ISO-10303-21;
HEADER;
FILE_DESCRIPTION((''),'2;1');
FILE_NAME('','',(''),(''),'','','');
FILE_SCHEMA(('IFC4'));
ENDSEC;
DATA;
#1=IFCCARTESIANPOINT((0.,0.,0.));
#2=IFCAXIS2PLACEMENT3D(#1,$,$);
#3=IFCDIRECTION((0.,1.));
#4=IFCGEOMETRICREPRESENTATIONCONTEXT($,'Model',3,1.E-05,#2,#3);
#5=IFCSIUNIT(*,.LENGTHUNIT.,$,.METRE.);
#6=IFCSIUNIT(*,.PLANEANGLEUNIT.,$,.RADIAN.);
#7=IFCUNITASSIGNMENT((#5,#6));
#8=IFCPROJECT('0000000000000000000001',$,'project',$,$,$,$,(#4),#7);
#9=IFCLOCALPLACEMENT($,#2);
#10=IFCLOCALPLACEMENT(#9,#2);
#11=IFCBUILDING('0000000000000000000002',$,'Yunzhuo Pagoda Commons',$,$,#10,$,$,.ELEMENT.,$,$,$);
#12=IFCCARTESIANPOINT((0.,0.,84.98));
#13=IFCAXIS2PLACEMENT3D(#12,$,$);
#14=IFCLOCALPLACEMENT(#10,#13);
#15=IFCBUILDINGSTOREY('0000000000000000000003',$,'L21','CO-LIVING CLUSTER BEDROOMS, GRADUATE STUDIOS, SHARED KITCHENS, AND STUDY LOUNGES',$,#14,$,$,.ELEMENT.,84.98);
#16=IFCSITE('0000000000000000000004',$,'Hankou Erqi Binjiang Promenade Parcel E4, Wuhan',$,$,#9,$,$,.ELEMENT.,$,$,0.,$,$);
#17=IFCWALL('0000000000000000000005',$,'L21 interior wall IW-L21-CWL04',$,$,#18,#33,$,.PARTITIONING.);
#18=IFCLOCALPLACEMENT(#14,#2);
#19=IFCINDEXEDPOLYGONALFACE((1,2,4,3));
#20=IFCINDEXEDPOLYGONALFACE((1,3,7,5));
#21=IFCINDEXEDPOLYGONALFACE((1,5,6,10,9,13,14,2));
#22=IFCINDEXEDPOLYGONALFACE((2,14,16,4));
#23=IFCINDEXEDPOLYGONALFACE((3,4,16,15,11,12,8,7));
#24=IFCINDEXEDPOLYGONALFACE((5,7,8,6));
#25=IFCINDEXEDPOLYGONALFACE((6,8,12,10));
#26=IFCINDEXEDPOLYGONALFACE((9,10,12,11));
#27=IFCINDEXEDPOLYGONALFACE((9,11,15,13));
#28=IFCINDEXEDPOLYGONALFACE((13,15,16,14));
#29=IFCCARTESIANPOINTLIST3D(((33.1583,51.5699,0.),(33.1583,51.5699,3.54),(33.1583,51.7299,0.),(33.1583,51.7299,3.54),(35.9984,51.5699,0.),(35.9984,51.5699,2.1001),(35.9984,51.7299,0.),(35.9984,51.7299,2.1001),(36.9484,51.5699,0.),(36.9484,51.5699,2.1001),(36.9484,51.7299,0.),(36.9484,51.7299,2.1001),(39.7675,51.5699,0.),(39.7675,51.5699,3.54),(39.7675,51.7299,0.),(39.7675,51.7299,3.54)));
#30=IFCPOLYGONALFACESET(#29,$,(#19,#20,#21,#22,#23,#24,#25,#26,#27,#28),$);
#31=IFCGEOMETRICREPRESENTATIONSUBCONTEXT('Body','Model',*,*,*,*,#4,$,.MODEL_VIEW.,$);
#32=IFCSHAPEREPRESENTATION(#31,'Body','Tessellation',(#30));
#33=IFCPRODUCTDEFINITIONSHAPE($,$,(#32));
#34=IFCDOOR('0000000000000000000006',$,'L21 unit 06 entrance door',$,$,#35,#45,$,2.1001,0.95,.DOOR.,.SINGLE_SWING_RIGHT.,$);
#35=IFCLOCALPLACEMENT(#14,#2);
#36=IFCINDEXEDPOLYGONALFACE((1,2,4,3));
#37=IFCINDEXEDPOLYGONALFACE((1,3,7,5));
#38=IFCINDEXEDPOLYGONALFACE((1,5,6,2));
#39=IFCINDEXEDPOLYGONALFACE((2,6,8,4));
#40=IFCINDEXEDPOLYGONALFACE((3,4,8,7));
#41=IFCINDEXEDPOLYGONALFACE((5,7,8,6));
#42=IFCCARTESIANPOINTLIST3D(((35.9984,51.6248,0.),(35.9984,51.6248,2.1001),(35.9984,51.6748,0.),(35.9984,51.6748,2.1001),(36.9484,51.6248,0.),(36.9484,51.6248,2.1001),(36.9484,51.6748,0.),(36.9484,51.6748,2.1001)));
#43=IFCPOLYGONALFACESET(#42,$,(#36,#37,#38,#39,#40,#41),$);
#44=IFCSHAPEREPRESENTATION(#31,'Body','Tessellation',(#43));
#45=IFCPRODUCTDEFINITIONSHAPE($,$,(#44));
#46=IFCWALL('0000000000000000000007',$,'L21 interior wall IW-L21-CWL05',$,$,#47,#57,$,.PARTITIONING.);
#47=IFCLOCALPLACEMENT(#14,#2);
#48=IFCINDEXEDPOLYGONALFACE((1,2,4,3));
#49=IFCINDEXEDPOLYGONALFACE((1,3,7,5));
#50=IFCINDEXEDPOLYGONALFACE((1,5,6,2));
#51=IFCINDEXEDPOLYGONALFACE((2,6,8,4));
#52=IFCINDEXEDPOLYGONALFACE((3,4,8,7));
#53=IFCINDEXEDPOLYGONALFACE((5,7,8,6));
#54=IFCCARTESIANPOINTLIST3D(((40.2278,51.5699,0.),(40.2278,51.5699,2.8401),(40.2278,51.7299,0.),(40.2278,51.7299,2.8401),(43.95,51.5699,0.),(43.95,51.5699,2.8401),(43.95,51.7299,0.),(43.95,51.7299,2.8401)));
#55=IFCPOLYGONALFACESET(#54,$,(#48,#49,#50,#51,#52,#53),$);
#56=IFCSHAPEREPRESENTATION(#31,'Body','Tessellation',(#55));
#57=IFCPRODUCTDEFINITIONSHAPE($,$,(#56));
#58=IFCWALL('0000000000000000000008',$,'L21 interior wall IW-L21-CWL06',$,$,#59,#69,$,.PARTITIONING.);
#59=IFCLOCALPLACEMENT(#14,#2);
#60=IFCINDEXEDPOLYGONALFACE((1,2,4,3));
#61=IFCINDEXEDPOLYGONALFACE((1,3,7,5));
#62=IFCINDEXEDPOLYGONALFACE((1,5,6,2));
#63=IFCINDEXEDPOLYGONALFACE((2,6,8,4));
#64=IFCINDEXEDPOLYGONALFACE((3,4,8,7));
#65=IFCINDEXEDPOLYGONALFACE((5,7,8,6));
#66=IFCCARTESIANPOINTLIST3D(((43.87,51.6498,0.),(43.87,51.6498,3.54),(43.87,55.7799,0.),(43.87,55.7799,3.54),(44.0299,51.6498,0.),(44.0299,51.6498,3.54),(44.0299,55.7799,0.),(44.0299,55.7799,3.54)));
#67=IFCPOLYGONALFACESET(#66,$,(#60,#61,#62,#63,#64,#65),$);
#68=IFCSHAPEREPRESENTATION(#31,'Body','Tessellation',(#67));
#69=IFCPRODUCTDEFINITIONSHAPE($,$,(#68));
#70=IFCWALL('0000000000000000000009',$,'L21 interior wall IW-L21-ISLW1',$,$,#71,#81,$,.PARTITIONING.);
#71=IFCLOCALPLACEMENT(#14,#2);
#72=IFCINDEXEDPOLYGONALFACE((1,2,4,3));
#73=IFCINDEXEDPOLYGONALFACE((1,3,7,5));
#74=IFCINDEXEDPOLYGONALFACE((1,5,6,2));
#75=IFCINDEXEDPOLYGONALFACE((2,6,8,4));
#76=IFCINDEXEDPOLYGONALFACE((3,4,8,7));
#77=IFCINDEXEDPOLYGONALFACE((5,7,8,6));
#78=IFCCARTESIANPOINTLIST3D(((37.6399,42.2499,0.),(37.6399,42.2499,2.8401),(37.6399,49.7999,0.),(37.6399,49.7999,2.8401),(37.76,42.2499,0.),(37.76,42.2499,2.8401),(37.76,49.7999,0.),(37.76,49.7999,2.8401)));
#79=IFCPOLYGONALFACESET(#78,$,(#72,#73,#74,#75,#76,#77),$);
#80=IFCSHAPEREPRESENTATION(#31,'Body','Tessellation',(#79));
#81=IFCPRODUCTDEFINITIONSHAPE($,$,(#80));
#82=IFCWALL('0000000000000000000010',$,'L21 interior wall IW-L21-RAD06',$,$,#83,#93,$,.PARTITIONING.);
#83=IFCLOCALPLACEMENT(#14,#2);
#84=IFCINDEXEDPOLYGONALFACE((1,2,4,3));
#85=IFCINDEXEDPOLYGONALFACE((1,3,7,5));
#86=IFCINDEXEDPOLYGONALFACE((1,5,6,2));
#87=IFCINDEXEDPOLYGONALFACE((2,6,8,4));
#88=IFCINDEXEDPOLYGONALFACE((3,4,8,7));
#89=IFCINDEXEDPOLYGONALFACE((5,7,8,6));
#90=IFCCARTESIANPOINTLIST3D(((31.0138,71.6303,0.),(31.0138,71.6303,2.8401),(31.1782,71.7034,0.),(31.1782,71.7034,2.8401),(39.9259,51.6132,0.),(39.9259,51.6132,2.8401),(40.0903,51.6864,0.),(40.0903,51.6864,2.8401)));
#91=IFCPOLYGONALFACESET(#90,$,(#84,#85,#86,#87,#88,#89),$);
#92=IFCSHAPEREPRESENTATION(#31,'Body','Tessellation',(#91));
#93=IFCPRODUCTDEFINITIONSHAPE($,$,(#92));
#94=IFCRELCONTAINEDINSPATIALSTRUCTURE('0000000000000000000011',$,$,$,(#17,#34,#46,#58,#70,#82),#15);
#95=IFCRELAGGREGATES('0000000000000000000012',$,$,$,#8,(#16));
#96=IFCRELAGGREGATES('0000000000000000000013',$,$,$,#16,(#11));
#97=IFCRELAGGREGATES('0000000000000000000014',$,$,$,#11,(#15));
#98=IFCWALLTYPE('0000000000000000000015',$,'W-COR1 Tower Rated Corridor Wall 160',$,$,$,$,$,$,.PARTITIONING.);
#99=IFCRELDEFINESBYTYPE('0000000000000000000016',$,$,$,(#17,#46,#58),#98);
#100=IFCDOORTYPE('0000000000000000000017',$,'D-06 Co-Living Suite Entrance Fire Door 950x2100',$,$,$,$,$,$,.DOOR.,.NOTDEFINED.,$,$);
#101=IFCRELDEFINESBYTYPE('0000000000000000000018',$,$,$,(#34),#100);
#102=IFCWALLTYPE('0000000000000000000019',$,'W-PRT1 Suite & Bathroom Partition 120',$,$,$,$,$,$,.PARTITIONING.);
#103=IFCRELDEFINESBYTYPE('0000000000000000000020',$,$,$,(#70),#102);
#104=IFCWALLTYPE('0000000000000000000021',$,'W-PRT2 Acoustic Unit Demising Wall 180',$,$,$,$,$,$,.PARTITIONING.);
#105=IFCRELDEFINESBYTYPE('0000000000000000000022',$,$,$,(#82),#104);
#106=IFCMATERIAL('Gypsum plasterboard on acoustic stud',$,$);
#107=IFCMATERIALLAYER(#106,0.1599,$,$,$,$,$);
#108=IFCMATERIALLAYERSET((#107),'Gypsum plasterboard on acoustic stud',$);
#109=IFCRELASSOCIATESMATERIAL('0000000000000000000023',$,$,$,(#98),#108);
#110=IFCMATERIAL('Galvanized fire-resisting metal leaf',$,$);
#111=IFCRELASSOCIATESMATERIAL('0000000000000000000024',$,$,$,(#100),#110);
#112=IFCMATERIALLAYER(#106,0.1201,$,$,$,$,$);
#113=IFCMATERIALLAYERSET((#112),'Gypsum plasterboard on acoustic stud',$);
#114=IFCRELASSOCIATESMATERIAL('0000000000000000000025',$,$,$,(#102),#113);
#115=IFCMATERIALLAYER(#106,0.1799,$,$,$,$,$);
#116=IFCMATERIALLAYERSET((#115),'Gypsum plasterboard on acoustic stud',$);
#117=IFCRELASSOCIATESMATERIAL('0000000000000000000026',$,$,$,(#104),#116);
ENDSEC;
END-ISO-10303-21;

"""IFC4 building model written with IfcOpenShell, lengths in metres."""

from ifc_helpers import new_model, si_unit, direction, frame, frame_2d, origin, origin_with_axes, place, context, subcontext, project, spatial, rectangle, extrude, source, transform, mapped, material, layer, layer_set, type_object, element, fill, save


model = new_model("IFC4")

# Units and contexts
model_context = context("Model", 3, precision=1e-05, world=origin(), true_north=direction((0.0, 1.0)))
body_context = subcontext(model_context, "Body", "Model", "MODEL_VIEW")
ifc_project = project(units=[si_unit("LENGTHUNIT", "METRE"), si_unit("PLANEANGLEUNIT", "RADIAN")], contexts=[model_context])

# Site, building, storey
site_placement = place(None, origin())
site = spatial("IfcSite", under=ifc_project, at=site_placement, Name="Hankou Erqi Binjiang Promenade Parcel E4, Wuhan", CompositionType="ELEMENT", RefElevation=0.0)
building_placement = place(site_placement, origin())
building = spatial("IfcBuilding", under=site, at=building_placement, Name="Yunzhuo Pagoda Commons", CompositionType="ELEMENT")
storey_placement = place(building_placement, frame((0.0, 0.0, 84.98)))
storey = spatial("IfcBuildingStorey", under=building, at=storey_placement, Name="L21", Description="CO-LIVING CLUSTER BEDROOMS, GRADUATE STUDIOS, SHARED KITCHENS, AND STUDY LOUNGES", CompositionType="ELEMENT", Elevation=84.98)

# Shared definitions
ifc_material_1 = material(Name="Gypsum plasterboard on acoustic stud")
ifc_layer_1 = layer(ifc_material_1, 0.1599)
ifc_layer_set_1 = layer_set([ifc_layer_1], Name="Gypsum plasterboard on acoustic stud")
wall_type_1 = type_object("IfcWallType", Name="W-COR1 Tower Rated Corridor Wall 160", PredefinedType="PARTITIONING", material=ifc_layer_set_1)

# Shared definitions
ifc_material_2 = material(Name="Galvanized fire-resisting metal leaf")

# Wall, opening, door
wall_1_placement = place(storey_placement, frame((33.1582, 51.6499, 0.0), z_axis=(0.0, 0.0, 1.0), x_axis=(1.0, 0.0, 0.0)))
wall_1 = element("IfcWall", 1, at=wall_1_placement, inside=storey, type_object=wall_type_1, Name="L21 interior wall IW-L21-CWL04", PredefinedType="PARTITIONING", context=body_context, shape_type="SweptSolid", body=[
    extrude(rectangle(XDim=6.6091, YDim=0.1599, at=frame_2d((3.3047, 0.0))), origin(), (0.0, 0.0, 1.0), 3.54),
])
opening_1_placement = place(wall_1_placement, frame((2.8401, 0.0, 0.0)))
opening_1 = element("IfcOpeningElement", 2, at=opening_1_placement, cuts=wall_1, PredefinedType="OPENING", context=body_context, shape_type="SweptSolid", body=[
    extrude(rectangle(XDim=0.95, YDim=2.1001, at=frame_2d((0.4751, 1.05))), frame((0.0, 0.0898, 0.0), z_axis=(0.0, -1.0, 0.0), x_axis=(1.0, 0.0, 0.0)), (0.0, 0.0, 1.0), 0.1799),
])
door_type_1 = type_object("IfcDoorType", Name="D-06 Co-Living Suite Entrance Fire Door 950x2100", OperationType="NOTDEFINED", PredefinedType="DOOR", material=ifc_material_2)
shared_shape_1 = source(origin(), body_context, "Body", "SweptSolid", [
    extrude(rectangle(XDim=0.95, YDim=2.1001, at=frame_2d((0.4751, 1.05))), frame((0.0, 0.0249, 0.0), z_axis=(0.0, -1.0, 0.0), x_axis=(1.0, 0.0, 0.0)), (0.0, 0.0, 1.0), 0.05),
])
door_1_placement = place(opening_1_placement, origin_with_axes())
door_1 = element("IfcDoor", 3, at=door_1_placement, inside=storey, type_object=door_type_1, Name="L21 unit 06 entrance door", OperationType="SINGLE_SWING_RIGHT", OverallHeight=2.1001, OverallWidth=0.95, PredefinedType="DOOR", context=body_context, shape_type="MappedRepresentation", body=[
    mapped(shared_shape_1, transform((0.0, 0.0, 0.0), scale=1.0)),
])
fill(opening_1, door_1)

# Walls
wall_2_placement = place(storey_placement, frame((40.2278, 51.6499, 0.0), z_axis=(0.0, 0.0, 1.0), x_axis=(1.0, 0.0, 0.0)))
element("IfcWall", 4, at=wall_2_placement, inside=storey, type_object=wall_type_1, Name="L21 interior wall IW-L21-CWL05", PredefinedType="PARTITIONING", context=body_context, shape_type="SweptSolid", body=[
    extrude(rectangle(XDim=3.7222, YDim=0.1599, at=frame_2d((1.8611, 0.0))), origin(), (0.0, 0.0, 1.0), 2.8401),
])
wall_3_placement = place(storey_placement, frame((43.95, 51.6499, 0.0), z_axis=(0.0, 0.0, 1.0), x_axis=(0.0, 1.0, 0.0)))
element("IfcWall", 5, at=wall_3_placement, inside=storey, type_object=wall_type_1, Name="L21 interior wall IW-L21-CWL06", PredefinedType="PARTITIONING", context=body_context, shape_type="SweptSolid", body=[
    extrude(rectangle(XDim=4.1301, YDim=0.1599, at=frame_2d((2.0649, 0.0))), origin(), (0.0, 0.0, 1.0), 3.54),
])
ifc_layer_2 = layer(ifc_material_1, 0.1201)
ifc_layer_set_2 = layer_set([ifc_layer_2], Name="Gypsum plasterboard on acoustic stud")
wall_type_2 = type_object("IfcWallType", Name="W-PRT1 Suite & Bathroom Partition 120", PredefinedType="PARTITIONING", material=ifc_layer_set_2)
wall_4_placement = place(storey_placement, frame((37.7, 42.25, 0.0), z_axis=(0.0, 0.0, 1.0), x_axis=(0.0, 1.0, 0.0)))
element("IfcWall", 6, at=wall_4_placement, inside=storey, type_object=wall_type_2, Name="L21 interior wall IW-L21-ISLW1", PredefinedType="PARTITIONING", context=body_context, shape_type="SweptSolid", body=[
    extrude(rectangle(XDim=7.55, YDim=0.1201, at=frame_2d((3.7749, 0.0))), origin(), (0.0, 0.0, 1.0), 2.8401),
])
ifc_layer_3 = layer(ifc_material_1, 0.1799)
ifc_layer_set_3 = layer_set([ifc_layer_3], Name="Gypsum plasterboard on acoustic stud")
wall_type_3 = type_object("IfcWallType", Name="W-PRT2 Acoustic Unit Demising Wall 180", PredefinedType="PARTITIONING", material=ifc_layer_set_3)
wall_5_placement = place(storey_placement, frame((40.0081, 51.6499, 0.0), z_axis=(0.0, 0.0, 1.0), x_axis=(-0.406734, 0.913547, 0.0)))
element("IfcWall", 7, at=wall_5_placement, inside=storey, type_object=wall_type_3, Name="L21 interior wall IW-L21-RAD06", PredefinedType="PARTITIONING", context=body_context, shape_type="SweptSolid", body=[
    extrude(rectangle(XDim=21.9114, YDim=0.1799, at=frame_2d((10.9556, 0.0))), origin(), (0.0, 0.0, 1.0), 2.8401),
])

save(model, "model.ifc")
